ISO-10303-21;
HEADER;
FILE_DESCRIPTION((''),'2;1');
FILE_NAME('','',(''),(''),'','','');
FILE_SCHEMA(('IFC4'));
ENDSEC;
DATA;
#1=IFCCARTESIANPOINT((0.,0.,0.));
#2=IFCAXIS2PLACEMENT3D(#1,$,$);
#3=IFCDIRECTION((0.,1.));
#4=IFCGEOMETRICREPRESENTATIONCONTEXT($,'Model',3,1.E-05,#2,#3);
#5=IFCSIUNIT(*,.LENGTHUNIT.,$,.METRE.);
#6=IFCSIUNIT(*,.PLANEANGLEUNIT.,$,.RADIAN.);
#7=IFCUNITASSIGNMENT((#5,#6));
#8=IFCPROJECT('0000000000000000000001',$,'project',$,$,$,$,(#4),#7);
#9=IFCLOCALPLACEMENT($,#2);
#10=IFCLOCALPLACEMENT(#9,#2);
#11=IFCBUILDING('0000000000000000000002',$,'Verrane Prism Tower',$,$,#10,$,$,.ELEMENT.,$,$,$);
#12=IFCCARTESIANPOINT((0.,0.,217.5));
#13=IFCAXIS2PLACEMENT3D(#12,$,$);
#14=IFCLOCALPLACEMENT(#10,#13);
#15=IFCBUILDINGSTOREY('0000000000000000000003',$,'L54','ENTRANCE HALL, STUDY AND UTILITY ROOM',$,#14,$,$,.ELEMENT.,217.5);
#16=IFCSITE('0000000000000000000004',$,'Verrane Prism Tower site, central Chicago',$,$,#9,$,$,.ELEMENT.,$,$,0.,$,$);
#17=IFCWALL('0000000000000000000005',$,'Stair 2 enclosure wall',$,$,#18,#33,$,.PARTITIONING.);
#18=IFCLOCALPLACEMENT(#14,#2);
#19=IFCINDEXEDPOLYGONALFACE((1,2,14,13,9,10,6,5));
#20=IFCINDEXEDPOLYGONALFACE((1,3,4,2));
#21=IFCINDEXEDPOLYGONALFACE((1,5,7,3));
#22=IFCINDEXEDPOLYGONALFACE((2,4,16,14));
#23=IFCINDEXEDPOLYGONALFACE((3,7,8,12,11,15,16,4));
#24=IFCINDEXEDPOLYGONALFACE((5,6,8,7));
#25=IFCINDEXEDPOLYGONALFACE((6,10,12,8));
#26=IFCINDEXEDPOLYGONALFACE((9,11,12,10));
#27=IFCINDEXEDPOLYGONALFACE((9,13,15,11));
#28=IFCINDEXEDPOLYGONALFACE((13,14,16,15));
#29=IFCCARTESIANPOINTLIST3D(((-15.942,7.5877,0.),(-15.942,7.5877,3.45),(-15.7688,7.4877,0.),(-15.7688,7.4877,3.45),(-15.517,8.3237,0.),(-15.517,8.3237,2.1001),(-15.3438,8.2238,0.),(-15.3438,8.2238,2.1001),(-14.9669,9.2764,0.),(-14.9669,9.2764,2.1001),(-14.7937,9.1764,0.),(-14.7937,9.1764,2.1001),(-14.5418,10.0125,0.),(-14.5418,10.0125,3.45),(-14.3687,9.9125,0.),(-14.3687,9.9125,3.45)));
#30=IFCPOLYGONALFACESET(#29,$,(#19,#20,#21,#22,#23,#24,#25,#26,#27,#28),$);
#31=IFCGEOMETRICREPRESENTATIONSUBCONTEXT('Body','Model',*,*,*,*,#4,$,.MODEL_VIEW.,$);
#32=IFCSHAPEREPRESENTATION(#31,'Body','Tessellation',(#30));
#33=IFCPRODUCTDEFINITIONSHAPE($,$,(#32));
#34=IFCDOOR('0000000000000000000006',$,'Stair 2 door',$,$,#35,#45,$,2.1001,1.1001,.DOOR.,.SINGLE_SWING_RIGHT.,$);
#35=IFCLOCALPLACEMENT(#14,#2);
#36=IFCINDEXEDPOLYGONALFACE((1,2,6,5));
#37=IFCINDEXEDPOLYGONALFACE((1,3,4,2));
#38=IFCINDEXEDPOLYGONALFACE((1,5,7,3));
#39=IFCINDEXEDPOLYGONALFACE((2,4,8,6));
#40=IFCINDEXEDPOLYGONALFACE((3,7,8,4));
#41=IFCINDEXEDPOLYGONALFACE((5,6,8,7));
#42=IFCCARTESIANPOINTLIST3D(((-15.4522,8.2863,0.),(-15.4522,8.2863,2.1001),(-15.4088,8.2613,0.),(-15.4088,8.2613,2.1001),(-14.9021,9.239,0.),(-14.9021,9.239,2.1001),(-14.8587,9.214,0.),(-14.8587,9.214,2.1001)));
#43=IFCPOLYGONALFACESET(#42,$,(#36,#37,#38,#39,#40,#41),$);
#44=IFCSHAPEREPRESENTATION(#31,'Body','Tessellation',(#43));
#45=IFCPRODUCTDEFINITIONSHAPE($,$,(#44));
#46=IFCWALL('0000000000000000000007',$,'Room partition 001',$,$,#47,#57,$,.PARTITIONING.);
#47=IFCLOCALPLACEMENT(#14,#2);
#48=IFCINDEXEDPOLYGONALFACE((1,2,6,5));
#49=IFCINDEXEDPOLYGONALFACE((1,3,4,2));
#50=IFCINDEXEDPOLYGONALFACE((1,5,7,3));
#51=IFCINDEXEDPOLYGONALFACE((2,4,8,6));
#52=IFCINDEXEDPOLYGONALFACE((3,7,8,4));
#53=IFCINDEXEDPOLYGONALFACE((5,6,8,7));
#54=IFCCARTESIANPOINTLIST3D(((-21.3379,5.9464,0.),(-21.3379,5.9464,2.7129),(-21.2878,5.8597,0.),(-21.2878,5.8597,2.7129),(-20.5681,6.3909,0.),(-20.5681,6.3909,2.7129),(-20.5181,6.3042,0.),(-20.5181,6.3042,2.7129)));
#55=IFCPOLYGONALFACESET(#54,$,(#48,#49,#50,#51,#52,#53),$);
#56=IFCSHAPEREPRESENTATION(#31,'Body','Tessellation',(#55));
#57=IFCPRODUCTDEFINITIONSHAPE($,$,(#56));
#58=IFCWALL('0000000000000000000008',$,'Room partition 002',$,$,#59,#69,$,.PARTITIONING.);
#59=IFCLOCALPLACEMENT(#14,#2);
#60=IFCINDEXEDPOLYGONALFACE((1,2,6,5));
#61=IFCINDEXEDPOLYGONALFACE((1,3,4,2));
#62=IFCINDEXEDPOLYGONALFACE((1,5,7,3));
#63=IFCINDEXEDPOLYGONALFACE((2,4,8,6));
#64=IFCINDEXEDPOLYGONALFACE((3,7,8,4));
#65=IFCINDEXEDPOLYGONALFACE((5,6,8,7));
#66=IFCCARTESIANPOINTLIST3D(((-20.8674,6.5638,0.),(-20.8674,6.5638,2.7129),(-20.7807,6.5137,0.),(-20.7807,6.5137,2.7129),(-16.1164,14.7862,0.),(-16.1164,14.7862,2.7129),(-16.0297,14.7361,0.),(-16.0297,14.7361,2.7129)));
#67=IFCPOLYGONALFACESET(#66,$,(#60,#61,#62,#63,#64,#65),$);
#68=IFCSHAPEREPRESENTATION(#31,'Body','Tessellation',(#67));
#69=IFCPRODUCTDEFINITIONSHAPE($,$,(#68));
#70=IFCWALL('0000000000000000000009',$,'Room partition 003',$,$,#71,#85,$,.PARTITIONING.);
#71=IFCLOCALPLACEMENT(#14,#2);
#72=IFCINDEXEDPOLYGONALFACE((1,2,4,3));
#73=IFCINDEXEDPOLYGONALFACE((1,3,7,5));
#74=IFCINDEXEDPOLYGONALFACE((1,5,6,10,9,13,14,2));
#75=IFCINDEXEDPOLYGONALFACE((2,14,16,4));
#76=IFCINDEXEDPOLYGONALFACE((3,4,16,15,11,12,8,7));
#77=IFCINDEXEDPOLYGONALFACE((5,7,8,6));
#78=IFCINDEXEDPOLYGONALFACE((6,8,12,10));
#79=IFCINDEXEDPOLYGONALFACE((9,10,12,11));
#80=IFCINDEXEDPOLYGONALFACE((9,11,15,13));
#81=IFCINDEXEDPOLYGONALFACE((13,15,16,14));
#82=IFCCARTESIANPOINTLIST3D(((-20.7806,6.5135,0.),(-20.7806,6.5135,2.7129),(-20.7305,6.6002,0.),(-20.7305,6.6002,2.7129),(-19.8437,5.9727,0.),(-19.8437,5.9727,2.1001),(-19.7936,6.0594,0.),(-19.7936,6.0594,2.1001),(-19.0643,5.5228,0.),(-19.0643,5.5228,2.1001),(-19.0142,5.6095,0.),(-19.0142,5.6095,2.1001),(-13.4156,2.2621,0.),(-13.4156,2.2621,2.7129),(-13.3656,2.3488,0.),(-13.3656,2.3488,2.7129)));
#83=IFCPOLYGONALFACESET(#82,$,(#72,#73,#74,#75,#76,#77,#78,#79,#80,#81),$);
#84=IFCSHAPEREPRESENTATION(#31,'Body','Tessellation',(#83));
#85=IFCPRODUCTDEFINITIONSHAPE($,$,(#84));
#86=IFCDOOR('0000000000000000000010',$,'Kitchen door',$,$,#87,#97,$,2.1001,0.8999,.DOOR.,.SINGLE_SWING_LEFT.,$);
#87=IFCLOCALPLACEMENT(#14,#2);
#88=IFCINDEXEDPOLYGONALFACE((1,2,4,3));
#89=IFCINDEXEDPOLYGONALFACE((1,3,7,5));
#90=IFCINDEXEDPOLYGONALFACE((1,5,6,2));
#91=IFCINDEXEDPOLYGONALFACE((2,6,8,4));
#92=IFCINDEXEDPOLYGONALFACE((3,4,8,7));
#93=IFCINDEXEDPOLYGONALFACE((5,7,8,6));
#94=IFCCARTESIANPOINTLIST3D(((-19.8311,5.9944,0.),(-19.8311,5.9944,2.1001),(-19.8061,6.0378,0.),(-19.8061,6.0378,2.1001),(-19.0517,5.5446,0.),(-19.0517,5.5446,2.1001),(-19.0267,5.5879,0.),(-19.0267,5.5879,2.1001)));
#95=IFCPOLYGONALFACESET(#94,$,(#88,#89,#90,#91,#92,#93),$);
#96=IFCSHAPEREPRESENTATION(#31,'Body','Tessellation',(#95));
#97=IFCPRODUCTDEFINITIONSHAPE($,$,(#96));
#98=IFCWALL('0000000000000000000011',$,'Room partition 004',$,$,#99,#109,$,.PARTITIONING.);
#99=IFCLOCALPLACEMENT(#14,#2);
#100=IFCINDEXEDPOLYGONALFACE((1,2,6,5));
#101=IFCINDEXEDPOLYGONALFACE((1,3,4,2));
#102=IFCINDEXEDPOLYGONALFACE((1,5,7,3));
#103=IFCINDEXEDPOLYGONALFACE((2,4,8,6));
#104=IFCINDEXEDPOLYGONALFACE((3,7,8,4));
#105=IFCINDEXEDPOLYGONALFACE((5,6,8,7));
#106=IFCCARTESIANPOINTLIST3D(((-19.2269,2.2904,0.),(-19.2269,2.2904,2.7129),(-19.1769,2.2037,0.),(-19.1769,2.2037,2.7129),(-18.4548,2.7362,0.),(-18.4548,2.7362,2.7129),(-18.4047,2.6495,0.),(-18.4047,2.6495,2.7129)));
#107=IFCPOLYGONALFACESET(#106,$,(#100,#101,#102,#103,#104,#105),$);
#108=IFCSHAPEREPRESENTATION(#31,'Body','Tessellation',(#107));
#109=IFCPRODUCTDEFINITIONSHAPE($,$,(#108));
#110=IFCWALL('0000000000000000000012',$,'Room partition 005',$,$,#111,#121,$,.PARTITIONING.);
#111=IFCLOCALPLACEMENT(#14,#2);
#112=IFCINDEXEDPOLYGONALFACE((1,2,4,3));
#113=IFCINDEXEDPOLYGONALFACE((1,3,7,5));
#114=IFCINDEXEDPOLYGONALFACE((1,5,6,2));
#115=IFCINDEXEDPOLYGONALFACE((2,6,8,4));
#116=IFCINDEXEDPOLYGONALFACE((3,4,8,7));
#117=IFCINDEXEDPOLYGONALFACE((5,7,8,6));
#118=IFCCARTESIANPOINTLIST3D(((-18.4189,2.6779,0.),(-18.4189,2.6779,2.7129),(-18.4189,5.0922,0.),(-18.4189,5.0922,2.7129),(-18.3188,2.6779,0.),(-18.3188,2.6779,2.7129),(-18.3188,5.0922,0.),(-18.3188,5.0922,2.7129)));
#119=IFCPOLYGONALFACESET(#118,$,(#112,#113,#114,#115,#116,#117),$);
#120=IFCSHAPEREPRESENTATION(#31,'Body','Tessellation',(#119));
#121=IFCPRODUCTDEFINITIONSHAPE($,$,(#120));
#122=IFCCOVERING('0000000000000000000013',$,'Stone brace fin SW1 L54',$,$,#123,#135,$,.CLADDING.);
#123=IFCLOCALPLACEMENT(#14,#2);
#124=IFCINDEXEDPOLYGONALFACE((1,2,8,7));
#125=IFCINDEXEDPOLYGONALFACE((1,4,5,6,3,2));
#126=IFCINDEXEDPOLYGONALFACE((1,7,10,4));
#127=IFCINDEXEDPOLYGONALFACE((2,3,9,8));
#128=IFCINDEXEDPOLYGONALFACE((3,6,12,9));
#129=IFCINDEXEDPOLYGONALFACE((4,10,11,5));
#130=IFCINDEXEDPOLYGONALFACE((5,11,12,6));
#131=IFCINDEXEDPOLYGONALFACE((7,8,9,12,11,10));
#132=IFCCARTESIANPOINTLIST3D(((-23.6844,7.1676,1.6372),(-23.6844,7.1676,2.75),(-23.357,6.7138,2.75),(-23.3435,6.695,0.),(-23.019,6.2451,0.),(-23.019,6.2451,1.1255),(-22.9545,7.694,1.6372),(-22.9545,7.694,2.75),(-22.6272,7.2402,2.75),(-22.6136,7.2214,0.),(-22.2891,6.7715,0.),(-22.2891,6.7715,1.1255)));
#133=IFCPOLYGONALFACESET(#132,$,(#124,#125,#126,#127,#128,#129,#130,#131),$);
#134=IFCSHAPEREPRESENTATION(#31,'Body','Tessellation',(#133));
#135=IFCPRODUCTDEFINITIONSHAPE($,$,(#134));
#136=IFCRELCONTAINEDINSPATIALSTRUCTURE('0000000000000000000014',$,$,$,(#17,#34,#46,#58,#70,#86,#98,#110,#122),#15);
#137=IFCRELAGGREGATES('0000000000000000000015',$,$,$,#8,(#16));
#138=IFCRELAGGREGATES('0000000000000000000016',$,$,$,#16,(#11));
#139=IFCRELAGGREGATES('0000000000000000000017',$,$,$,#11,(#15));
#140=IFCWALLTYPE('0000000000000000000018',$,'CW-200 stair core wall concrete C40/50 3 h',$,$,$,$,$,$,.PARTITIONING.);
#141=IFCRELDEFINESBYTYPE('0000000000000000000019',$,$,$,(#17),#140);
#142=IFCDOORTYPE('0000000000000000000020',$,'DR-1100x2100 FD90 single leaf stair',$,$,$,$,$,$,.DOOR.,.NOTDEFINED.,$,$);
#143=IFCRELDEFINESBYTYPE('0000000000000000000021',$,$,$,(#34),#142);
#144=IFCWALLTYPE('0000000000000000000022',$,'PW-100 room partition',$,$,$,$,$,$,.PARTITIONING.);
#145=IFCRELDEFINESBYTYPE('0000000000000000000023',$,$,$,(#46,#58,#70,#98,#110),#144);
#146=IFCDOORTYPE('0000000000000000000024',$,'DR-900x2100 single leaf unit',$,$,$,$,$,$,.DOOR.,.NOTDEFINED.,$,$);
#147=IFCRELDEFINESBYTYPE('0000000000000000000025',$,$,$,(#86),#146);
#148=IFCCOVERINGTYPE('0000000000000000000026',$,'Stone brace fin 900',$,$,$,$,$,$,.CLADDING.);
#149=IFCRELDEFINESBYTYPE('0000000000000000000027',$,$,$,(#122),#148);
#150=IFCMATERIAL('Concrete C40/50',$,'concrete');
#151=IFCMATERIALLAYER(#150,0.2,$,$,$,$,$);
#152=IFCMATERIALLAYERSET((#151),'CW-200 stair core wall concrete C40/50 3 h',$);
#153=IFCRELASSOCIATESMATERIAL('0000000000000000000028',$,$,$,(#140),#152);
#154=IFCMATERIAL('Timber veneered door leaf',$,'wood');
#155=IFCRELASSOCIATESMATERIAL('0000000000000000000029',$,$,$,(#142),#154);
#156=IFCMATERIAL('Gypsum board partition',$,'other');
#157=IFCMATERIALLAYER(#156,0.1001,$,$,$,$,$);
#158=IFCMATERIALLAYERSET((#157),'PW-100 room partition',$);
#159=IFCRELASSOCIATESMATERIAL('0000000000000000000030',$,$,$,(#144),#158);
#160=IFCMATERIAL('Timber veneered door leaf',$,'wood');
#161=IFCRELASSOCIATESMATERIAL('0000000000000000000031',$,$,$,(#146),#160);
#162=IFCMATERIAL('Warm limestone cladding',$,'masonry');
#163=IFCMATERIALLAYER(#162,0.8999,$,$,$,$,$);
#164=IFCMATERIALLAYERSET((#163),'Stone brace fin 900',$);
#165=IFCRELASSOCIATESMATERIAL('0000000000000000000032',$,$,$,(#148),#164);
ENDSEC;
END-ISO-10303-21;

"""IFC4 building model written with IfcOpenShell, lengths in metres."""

from ifc_helpers import new_model, si_unit, direction, frame, frame_2d, origin, place, context, subcontext, project, spatial, polyline, rectangle, outline, extrude, material, layer, layer_set, type_object, element, fill, save


model = new_model("IFC4")

# Units and contexts
model_context = context("Model", 3, precision=1e-05, world=origin(), true_north=direction((0.0, 1.0)))
body_context = subcontext(model_context, "Body", "Model", "MODEL_VIEW")
ifc_project = project(units=[si_unit("LENGTHUNIT", "METRE"), si_unit("PLANEANGLEUNIT", "RADIAN")], contexts=[model_context])

# Site, building, storey
site_placement = place(None, origin())
site = spatial("IfcSite", under=ifc_project, at=site_placement, Name="Verrane Prism Tower site, central Chicago", CompositionType="ELEMENT", RefElevation=0.0)
building_placement = place(site_placement, origin())
building = spatial("IfcBuilding", under=site, at=building_placement, Name="Verrane Prism Tower", CompositionType="ELEMENT")
storey_placement = place(building_placement, frame((0.0, 0.0, 217.5)))
storey = spatial("IfcBuildingStorey", under=building, at=storey_placement, Name="L54", Description="ENTRANCE HALL, STUDY AND UTILITY ROOM", CompositionType="ELEMENT", Elevation=217.5)

# Wall, opening, door
ifc_material_1 = material(Name="Concrete C40/50", Category="concrete")
ifc_layer_1 = layer(ifc_material_1, 0.2)
ifc_layer_set_1 = layer_set([ifc_layer_1], Name="CW-200 stair core wall concrete C40/50 3 h")
wall_type_1 = type_object("IfcWallType", Name="CW-200 stair core wall concrete C40/50 3 h", PredefinedType="PARTITIONING", material=ifc_layer_set_1)
wall_1_placement = place(storey_placement, frame((-14.4553, 9.9624, 0.0), z_axis=(0.0, 0.0, 1.0), x_axis=(-0.50005, -0.865997, 0.0)))
wall_1 = element("IfcWall", 1, at=wall_1_placement, inside=storey, type_object=wall_type_1, Name="Stair 2 enclosure wall", PredefinedType="PARTITIONING", context=body_context, shape_type="SweptSolid", body=[
    extrude(rectangle(XDim=2.8, YDim=0.2, at=frame_2d((1.3999, 0.0))), origin(), (0.0, 0.0, 1.0), 3.45),
])
opening_1_placement = place(wall_1_placement, frame((0.8499, 0.0, 0.0)))
opening_1 = element("IfcOpeningElement", 2, at=opening_1_placement, cuts=wall_1, PredefinedType="OPENING", context=body_context, shape_type="SweptSolid", body=[
    extrude(rectangle(XDim=1.1001, YDim=2.1001, at=frame_2d((0.55, 1.05))), frame((0.0, 0.1099, 0.0), z_axis=(0.0, -1.0, 0.0), x_axis=(1.0, 0.0, 0.0)), (0.0, 0.0, 1.0), 0.22),
])
ifc_material_2 = material(Name="Timber veneered door leaf", Category="wood")
door_type_1 = type_object("IfcDoorType", Name="DR-1100x2100 FD90 single leaf stair", OperationType="NOTDEFINED", PredefinedType="DOOR", material=ifc_material_2)
door_1_placement = place(opening_1_placement, origin())
door_1 = element("IfcDoor", 3, at=door_1_placement, inside=storey, type_object=door_type_1, Name="Stair 2 door", OperationType="SINGLE_SWING_RIGHT", OverallHeight=2.1001, OverallWidth=1.1001, PredefinedType="DOOR", context=body_context, shape_type="SweptSolid", body=[
    extrude(rectangle(XDim=1.1001, YDim=2.1001, at=frame_2d((0.55, 1.05))), frame((0.0, 0.0249, 0.0), z_axis=(0.0, -1.0, 0.0), x_axis=(1.0, 0.0, 0.0)), (0.0, 0.0, 1.0), 0.05),
])
fill(opening_1, door_1)

# Walls
ifc_material_3 = material(Name="Gypsum board partition", Category="other")
ifc_layer_2 = layer(ifc_material_3, 0.1001)
ifc_layer_set_2 = layer_set([ifc_layer_2], Name="PW-100 room partition")
wall_type_2 = type_object("IfcWallType", Name="PW-100 room partition", PredefinedType="PARTITIONING", material=ifc_layer_set_2)
wall_2_placement = place(storey_placement, frame((-21.3127, 5.9031, 0.0), z_axis=(0.0, 0.0, 1.0), x_axis=(0.865952, 0.500127, 0.0)))
element("IfcWall", 4, at=wall_2_placement, inside=storey, type_object=wall_type_2, Name="Room partition 001", PredefinedType="PARTITIONING", context=body_context, shape_type="SweptSolid", body=[
    extrude(rectangle(XDim=0.8889, YDim=0.1001, at=frame_2d((0.4443, 0.0))), origin(), (0.0, 0.0, 1.0), 2.7129),
])
wall_3_placement = place(storey_placement, frame((-20.824, 6.5388, 0.0), z_axis=(0.0, 0.0, 1.0), x_axis=(0.500297, 0.865854, 0.0)))
element("IfcWall", 5, at=wall_3_placement, inside=storey, type_object=wall_type_2, Name="Room partition 002", PredefinedType="PARTITIONING", context=body_context, shape_type="SweptSolid", body=[
    extrude(rectangle(XDim=9.4963, YDim=0.1001, at=frame_2d((4.748, 0.0))), origin(), (0.0, 0.0, 1.0), 2.7129),
])

# Wall, opening, door
wall_4_placement = place(storey_placement, frame((-13.3906, 2.3054, 0.0), z_axis=(0.0, 0.0, 1.0), x_axis=(-0.866062, 0.499937, 0.0)))
wall_4 = element("IfcWall", 6, at=wall_4_placement, inside=storey, type_object=wall_type_2, Name="Room partition 003", PredefinedType="PARTITIONING", context=body_context, shape_type="SweptSolid", body=[
    extrude(rectangle(XDim=8.5039, YDim=0.1001, at=frame_2d((4.252, 0.0))), origin(), (0.0, 0.0, 1.0), 2.7129),
])
opening_2_placement = place(wall_4_placement, frame((6.5222, 0.0, 0.0)))
opening_2 = element("IfcOpeningElement", 7, at=opening_2_placement, cuts=wall_4, PredefinedType="OPENING", context=body_context, shape_type="SweptSolid", body=[
    extrude(rectangle(XDim=0.8999, YDim=2.1001, at=frame_2d((0.45, 1.05))), frame((0.0, 0.0601, 0.0), z_axis=(0.0, -1.0, 0.0), x_axis=(1.0, 0.0, 0.0)), (0.0, 0.0, 1.0), 0.1201),
])
ifc_material_4 = material(Name="Timber veneered door leaf", Category="wood")
door_type_2 = type_object("IfcDoorType", Name="DR-900x2100 single leaf unit", OperationType="NOTDEFINED", PredefinedType="DOOR", material=ifc_material_4)
door_2_placement = place(opening_2_placement, origin())
door_2 = element("IfcDoor", 8, at=door_2_placement, inside=storey, type_object=door_type_2, Name="Kitchen door", OperationType="SINGLE_SWING_LEFT", OverallHeight=2.1001, OverallWidth=0.8999, PredefinedType="DOOR", context=body_context, shape_type="SweptSolid", body=[
    extrude(rectangle(XDim=0.8999, YDim=2.1001, at=frame_2d((0.45, 1.05))), frame((0.0, 0.0249, 0.0), z_axis=(0.0, -1.0, 0.0), x_axis=(1.0, 0.0, 0.0)), (0.0, 0.0, 1.0), 0.05),
])
fill(opening_2, door_2)

# Walls
wall_5_placement = place(storey_placement, frame((-19.2019, 2.2471, 0.0), z_axis=(0.0, 0.0, 1.0), x_axis=(0.866044, 0.499967, 0.0)))
element("IfcWall", 9, at=wall_5_placement, inside=storey, type_object=wall_type_2, Name="Room partition 004", PredefinedType="PARTITIONING", context=body_context, shape_type="SweptSolid", body=[
    extrude(rectangle(XDim=0.8916, YDim=0.1001, at=frame_2d((0.4458, 0.0))), origin(), (0.0, 0.0, 1.0), 2.7129),
])
wall_6_placement = place(storey_placement, frame((-18.3689, 2.678, 0.0), z_axis=(0.0, 0.0, 1.0), x_axis=(0.0, 1.0, 0.0)))
element("IfcWall", 10, at=wall_6_placement, inside=storey, type_object=wall_type_2, Name="Room partition 005", PredefinedType="PARTITIONING", context=body_context, shape_type="SweptSolid", body=[
    extrude(rectangle(XDim=2.4143, YDim=0.1001, at=frame_2d((1.207, 0.0))), origin(), (0.0, 0.0, 1.0), 2.7129),
])

# Covering
ifc_material_5 = material(Name="Warm limestone cladding", Category="masonry")
ifc_layer_3 = layer(ifc_material_5, 0.8999)
ifc_layer_set_3 = layer_set([ifc_layer_3], Name="Stone brace fin 900")
covering_type = type_object("IfcCoveringType", Name="Stone brace fin 900", PredefinedType="CLADDING", material=ifc_layer_set_3)
covering_placement = place(storey_placement, frame((-22.6541, 6.5083, 0.0), z_axis=(0.0, 0.0, 1.0), x_axis=(-0.584989, 0.811041, 0.0)))
element("IfcCovering", 11, at=covering_placement, inside=storey, type_object=covering_type, Name="Stone brace fin SW1 L54", PredefinedType="CLADDING", context=body_context, shape_type="SweptSolid", body=[
    extrude(outline(polyline([(1.1375, 2.75), (0.5779, 2.75), (0.0, 1.1255), (0.0, 0.0), (0.5547, 0.0), (1.1375, 1.6372), (1.1375, 2.75)])), frame((0.0, 0.45, 0.0), z_axis=(0.0, -1.0, 0.0), x_axis=(1.0, 0.0, 0.0)), (0.0, 0.0, 1.0), 0.8999),
])

save(model, "model.ifc")
